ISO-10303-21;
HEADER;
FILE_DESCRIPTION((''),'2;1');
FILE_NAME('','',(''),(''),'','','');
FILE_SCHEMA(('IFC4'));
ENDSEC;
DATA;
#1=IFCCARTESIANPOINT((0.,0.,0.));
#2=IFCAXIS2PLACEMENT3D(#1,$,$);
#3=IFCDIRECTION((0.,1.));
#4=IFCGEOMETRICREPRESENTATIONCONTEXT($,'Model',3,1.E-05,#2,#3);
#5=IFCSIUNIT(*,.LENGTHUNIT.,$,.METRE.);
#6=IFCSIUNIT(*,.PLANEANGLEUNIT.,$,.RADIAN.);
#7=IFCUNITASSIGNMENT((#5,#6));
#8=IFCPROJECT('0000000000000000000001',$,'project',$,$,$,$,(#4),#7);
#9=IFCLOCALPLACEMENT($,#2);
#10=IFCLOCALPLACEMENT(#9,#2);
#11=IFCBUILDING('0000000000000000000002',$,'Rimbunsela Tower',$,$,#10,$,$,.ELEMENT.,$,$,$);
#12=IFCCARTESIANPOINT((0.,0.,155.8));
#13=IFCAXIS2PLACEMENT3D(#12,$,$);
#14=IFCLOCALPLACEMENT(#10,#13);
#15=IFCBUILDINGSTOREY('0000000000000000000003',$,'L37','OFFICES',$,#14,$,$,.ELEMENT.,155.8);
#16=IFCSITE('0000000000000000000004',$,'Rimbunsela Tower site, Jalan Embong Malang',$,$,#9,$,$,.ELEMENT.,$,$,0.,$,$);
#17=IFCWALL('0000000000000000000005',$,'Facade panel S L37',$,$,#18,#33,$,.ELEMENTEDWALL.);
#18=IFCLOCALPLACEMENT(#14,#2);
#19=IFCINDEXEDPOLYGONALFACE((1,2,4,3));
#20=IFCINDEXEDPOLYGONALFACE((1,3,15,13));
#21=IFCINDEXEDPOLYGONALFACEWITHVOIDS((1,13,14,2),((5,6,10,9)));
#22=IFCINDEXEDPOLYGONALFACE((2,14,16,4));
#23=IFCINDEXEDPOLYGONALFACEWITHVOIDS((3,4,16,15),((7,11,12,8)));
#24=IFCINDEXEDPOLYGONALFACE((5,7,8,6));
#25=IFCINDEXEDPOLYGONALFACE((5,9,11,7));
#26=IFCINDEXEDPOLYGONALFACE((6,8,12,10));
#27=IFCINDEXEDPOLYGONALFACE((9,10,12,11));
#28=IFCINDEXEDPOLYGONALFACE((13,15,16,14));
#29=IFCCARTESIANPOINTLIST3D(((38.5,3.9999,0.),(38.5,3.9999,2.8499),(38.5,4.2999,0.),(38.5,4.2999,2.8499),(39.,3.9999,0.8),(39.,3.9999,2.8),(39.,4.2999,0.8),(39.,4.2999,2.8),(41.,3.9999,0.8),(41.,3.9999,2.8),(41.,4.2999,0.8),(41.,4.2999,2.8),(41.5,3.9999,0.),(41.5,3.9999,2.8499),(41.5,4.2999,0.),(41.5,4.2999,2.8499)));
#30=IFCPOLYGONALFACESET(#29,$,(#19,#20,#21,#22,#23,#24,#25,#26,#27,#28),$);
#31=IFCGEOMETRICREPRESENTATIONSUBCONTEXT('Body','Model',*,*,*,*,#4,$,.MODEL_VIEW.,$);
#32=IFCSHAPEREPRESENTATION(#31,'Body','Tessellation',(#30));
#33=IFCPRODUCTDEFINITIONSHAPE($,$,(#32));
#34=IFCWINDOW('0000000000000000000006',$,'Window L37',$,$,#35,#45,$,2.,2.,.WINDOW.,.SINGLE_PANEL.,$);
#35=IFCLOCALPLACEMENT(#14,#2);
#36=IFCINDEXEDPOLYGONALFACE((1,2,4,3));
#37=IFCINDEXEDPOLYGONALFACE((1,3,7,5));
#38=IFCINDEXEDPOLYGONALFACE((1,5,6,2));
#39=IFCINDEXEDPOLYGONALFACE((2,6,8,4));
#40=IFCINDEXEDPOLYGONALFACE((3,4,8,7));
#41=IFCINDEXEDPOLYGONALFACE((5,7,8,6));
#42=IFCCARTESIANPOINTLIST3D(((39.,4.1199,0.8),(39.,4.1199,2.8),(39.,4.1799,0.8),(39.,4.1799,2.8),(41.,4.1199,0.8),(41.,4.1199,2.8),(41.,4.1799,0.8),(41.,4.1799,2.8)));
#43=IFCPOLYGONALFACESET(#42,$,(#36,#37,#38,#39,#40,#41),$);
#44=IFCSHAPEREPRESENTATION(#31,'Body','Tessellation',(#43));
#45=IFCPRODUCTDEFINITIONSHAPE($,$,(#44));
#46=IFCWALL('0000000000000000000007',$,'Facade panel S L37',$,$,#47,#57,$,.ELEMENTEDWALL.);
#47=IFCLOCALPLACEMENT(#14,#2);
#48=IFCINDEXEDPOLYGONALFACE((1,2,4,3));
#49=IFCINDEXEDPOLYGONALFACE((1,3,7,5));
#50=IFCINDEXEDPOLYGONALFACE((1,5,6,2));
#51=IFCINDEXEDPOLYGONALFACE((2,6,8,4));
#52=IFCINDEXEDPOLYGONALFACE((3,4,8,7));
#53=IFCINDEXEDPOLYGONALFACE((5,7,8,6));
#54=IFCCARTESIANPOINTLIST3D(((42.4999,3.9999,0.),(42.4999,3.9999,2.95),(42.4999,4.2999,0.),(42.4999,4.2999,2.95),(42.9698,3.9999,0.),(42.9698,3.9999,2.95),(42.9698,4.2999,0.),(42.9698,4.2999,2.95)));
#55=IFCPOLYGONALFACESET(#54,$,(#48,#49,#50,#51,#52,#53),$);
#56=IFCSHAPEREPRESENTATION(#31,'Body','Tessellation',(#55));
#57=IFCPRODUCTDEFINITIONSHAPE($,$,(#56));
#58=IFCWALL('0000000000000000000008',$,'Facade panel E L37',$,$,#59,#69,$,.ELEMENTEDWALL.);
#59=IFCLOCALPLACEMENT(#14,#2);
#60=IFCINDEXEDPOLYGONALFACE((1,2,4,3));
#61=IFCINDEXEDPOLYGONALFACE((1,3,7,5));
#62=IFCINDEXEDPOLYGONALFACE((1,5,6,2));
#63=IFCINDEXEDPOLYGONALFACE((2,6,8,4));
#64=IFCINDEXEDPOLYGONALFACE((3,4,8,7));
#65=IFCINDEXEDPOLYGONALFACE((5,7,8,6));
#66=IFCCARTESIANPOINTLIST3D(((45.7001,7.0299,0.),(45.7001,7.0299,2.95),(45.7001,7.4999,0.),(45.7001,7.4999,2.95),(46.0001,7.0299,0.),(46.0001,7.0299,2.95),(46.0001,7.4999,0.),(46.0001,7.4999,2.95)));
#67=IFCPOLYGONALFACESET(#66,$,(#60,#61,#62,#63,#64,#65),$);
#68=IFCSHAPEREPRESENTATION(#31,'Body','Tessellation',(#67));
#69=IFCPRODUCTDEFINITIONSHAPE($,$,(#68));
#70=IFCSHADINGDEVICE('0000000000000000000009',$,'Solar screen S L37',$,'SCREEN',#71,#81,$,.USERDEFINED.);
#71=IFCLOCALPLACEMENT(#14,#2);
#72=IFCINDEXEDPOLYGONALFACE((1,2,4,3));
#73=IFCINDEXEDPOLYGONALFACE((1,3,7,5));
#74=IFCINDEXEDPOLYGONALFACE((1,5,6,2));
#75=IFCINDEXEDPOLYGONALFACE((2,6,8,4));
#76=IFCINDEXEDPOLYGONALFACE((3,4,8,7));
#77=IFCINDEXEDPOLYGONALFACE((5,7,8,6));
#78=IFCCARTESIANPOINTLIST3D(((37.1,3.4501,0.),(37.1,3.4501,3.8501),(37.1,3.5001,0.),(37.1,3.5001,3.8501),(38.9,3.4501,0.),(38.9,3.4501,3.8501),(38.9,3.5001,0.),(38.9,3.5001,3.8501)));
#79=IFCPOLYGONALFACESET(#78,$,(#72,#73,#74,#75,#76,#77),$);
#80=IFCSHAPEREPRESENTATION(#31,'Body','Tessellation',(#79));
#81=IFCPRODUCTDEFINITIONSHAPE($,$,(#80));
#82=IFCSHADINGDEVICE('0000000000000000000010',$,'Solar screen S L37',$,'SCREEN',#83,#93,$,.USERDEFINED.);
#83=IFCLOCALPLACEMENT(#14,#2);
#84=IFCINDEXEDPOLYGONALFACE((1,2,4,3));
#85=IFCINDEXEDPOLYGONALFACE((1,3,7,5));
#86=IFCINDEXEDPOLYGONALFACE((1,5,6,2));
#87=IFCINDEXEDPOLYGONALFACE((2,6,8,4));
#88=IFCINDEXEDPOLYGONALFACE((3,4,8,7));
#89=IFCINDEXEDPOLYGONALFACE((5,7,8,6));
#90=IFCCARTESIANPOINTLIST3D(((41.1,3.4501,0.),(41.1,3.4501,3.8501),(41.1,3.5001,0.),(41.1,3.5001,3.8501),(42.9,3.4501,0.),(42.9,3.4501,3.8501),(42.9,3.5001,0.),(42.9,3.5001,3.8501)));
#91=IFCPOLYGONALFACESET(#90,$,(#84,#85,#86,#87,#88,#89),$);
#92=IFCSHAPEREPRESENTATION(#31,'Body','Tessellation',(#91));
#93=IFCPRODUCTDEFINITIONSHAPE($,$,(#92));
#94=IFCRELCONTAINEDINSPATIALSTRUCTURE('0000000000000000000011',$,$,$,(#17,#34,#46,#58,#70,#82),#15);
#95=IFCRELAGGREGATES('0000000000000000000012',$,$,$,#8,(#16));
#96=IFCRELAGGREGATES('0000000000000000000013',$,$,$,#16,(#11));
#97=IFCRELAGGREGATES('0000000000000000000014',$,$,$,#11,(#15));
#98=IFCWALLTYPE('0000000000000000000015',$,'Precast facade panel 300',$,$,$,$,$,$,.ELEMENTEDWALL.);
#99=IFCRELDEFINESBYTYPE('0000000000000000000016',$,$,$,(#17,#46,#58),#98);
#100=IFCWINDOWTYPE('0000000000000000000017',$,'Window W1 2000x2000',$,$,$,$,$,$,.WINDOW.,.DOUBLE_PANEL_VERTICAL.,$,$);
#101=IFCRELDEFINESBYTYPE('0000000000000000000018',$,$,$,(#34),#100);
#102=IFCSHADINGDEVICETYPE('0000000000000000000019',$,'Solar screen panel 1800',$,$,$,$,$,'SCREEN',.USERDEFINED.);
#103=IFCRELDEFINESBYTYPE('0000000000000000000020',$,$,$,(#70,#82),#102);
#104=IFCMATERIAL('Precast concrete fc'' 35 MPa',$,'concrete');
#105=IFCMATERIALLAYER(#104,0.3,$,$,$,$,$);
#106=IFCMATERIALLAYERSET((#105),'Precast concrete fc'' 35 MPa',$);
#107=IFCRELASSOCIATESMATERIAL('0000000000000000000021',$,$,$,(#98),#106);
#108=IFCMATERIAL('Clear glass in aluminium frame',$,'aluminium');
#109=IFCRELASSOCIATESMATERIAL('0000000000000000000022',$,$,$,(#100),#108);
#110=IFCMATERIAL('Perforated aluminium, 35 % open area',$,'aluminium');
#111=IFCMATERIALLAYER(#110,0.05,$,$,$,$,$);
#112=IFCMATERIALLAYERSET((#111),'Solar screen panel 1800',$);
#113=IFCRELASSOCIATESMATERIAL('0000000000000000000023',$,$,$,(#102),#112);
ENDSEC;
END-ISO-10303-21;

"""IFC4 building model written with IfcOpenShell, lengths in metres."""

from ifc_helpers import new_model, si_unit, direction, frame, frame_2d, origin, origin_2d, place, context, subcontext, project, spatial, rectangle, extrude, material, layer, layer_set, type_object, element, fill, save


model = new_model("IFC4")

# Units and contexts
model_context = context("Model", 3, precision=1e-05, world=origin(), true_north=direction((0.0, 1.0)))
body_context = subcontext(model_context, "Body", "Model", "MODEL_VIEW")
ifc_project = project(units=[si_unit("LENGTHUNIT", "METRE"), si_unit("PLANEANGLEUNIT", "RADIAN")], contexts=[model_context])

# Site, building, storey
site_placement = place(None, origin())
site = spatial("IfcSite", under=ifc_project, at=site_placement, Name="Rimbunsela Tower site, Jalan Embong Malang", CompositionType="ELEMENT", RefElevation=0.0)
building_placement = place(site_placement, origin())
building = spatial("IfcBuilding", under=site, at=building_placement, Name="Rimbunsela Tower", CompositionType="ELEMENT")
storey_placement = place(building_placement, frame((0.0, 0.0, 155.8)))
storey = spatial("IfcBuildingStorey", under=building, at=storey_placement, Name="L37", Description="OFFICES", CompositionType="ELEMENT", Elevation=155.8)

# Wall, opening, window
ifc_material_1 = material(Name="Precast concrete fc' 35 MPa", Category="concrete")
ifc_layer_1 = layer(ifc_material_1, 0.3)
ifc_layer_set_1 = layer_set([ifc_layer_1], Name="Precast concrete fc' 35 MPa")
wall_type = type_object("IfcWallType", Name="Precast facade panel 300", PredefinedType="ELEMENTEDWALL", material=ifc_layer_set_1)
wall_placement = place(storey_placement, frame((38.5, 4.1499, 0.0), z_axis=(0.0, 0.0, 1.0), x_axis=(1.0, 0.0, 0.0)))
wall = element("IfcWall", 1, at=wall_placement, inside=storey, type_object=wall_type, Name="Facade panel S L37", PredefinedType="ELEMENTEDWALL", context=body_context, shape_type="SweptSolid", body=[
    extrude(rectangle(XDim=3.0, YDim=0.3, at=frame_2d((1.5, 0.0))), origin(), (0.0, 0.0, 1.0), 2.8499),
])
opening_placement = place(wall_placement, frame((0.5, 0.0, 0.8)))
opening = element("IfcOpeningElement", 2, at=opening_placement, cuts=wall, PredefinedType="OPENING", context=body_context, shape_type="SweptSolid", body=[
    extrude(rectangle(XDim=2.0, YDim=2.0, at=frame_2d((1.0, 1.0))), frame((0.0, 0.1599, 0.0), z_axis=(0.0, -1.0, 0.0), x_axis=(1.0, 0.0, 0.0)), (0.0, 0.0, 1.0), 0.3201),
])
ifc_material_2 = material(Name="Clear glass in aluminium frame", Category="aluminium")
window_type = type_object("IfcWindowType", Name="Window W1 2000x2000", PartitioningType="DOUBLE_PANEL_VERTICAL", PredefinedType="WINDOW", material=ifc_material_2)
window_placement = place(opening_placement, origin())
window = element("IfcWindow", 3, at=window_placement, inside=storey, type_object=window_type, Name="Window L37", OverallHeight=2.0, OverallWidth=2.0, PartitioningType="SINGLE_PANEL", PredefinedType="WINDOW", context=body_context, shape_type="SweptSolid", body=[
    extrude(rectangle(XDim=2.0, YDim=2.0, at=frame_2d((1.0, 1.0))), frame((0.0, 0.03, 0.0), z_axis=(0.0, -1.0, 0.0), x_axis=(1.0, 0.0, 0.0)), (0.0, 0.0, 1.0), 0.0601),
])
fill(opening, window)

# Walls
for number, where, z_axis, x_axis, name in (
    (4, (42.5, 4.1499, 0.0), (0.0, 0.0, 1.0), (1.0, 0.0, 0.0), "Facade panel S L37"),
    (5, (45.8501, 7.03, 0.0), (0.0, 0.0, 1.0), (0.0, 1.0, 0.0), "Facade panel E L37"),
):
    element("IfcWall", number, at=place(storey_placement, frame(where, z_axis=z_axis, x_axis=x_axis)), inside=storey, type_object=wall_type, Name=name, PredefinedType="ELEMENTEDWALL", context=body_context, shape_type="SweptSolid", body=[
        extrude(rectangle(XDim=0.47, YDim=0.3, at=frame_2d((0.2349, 0.0))), origin(), (0.0, 0.0, 1.0), 2.95),
    ])

# Shading devices
ifc_material_3 = material(Name="Perforated aluminium, 35 % open area", Category="aluminium")
ifc_layer_2 = layer(ifc_material_3, 0.05)
ifc_layer_set_2 = layer_set([ifc_layer_2], Name="Solar screen panel 1800")
shading_device_type = type_object("IfcShadingDeviceType", Name="Solar screen panel 1800", ElementType="SCREEN", PredefinedType="USERDEFINED", material=ifc_layer_set_2)
for number, where, z_axis, x_axis, name in (
    (6, (38.0, 3.4751, 0.0), (0.0, 0.0, 1.0), (1.0, 0.0, 0.0), "Solar screen S L37"),
    (7, (42.0, 3.4751, 0.0), (0.0, 0.0, 1.0), (1.0, 0.0, 0.0), "Solar screen S L37"),
):
    element("IfcShadingDevice", number, at=place(storey_placement, frame(where, z_axis=z_axis, x_axis=x_axis)), inside=storey, type_object=shading_device_type, Name=name, ObjectType="SCREEN", PredefinedType="USERDEFINED", context=body_context, shape_type="SweptSolid", body=[
        extrude(rectangle(XDim=1.8, YDim=0.05, at=origin_2d()), origin(), (0.0, 0.0, 1.0), 3.8501),
    ])

save(model, "model.ifc")
